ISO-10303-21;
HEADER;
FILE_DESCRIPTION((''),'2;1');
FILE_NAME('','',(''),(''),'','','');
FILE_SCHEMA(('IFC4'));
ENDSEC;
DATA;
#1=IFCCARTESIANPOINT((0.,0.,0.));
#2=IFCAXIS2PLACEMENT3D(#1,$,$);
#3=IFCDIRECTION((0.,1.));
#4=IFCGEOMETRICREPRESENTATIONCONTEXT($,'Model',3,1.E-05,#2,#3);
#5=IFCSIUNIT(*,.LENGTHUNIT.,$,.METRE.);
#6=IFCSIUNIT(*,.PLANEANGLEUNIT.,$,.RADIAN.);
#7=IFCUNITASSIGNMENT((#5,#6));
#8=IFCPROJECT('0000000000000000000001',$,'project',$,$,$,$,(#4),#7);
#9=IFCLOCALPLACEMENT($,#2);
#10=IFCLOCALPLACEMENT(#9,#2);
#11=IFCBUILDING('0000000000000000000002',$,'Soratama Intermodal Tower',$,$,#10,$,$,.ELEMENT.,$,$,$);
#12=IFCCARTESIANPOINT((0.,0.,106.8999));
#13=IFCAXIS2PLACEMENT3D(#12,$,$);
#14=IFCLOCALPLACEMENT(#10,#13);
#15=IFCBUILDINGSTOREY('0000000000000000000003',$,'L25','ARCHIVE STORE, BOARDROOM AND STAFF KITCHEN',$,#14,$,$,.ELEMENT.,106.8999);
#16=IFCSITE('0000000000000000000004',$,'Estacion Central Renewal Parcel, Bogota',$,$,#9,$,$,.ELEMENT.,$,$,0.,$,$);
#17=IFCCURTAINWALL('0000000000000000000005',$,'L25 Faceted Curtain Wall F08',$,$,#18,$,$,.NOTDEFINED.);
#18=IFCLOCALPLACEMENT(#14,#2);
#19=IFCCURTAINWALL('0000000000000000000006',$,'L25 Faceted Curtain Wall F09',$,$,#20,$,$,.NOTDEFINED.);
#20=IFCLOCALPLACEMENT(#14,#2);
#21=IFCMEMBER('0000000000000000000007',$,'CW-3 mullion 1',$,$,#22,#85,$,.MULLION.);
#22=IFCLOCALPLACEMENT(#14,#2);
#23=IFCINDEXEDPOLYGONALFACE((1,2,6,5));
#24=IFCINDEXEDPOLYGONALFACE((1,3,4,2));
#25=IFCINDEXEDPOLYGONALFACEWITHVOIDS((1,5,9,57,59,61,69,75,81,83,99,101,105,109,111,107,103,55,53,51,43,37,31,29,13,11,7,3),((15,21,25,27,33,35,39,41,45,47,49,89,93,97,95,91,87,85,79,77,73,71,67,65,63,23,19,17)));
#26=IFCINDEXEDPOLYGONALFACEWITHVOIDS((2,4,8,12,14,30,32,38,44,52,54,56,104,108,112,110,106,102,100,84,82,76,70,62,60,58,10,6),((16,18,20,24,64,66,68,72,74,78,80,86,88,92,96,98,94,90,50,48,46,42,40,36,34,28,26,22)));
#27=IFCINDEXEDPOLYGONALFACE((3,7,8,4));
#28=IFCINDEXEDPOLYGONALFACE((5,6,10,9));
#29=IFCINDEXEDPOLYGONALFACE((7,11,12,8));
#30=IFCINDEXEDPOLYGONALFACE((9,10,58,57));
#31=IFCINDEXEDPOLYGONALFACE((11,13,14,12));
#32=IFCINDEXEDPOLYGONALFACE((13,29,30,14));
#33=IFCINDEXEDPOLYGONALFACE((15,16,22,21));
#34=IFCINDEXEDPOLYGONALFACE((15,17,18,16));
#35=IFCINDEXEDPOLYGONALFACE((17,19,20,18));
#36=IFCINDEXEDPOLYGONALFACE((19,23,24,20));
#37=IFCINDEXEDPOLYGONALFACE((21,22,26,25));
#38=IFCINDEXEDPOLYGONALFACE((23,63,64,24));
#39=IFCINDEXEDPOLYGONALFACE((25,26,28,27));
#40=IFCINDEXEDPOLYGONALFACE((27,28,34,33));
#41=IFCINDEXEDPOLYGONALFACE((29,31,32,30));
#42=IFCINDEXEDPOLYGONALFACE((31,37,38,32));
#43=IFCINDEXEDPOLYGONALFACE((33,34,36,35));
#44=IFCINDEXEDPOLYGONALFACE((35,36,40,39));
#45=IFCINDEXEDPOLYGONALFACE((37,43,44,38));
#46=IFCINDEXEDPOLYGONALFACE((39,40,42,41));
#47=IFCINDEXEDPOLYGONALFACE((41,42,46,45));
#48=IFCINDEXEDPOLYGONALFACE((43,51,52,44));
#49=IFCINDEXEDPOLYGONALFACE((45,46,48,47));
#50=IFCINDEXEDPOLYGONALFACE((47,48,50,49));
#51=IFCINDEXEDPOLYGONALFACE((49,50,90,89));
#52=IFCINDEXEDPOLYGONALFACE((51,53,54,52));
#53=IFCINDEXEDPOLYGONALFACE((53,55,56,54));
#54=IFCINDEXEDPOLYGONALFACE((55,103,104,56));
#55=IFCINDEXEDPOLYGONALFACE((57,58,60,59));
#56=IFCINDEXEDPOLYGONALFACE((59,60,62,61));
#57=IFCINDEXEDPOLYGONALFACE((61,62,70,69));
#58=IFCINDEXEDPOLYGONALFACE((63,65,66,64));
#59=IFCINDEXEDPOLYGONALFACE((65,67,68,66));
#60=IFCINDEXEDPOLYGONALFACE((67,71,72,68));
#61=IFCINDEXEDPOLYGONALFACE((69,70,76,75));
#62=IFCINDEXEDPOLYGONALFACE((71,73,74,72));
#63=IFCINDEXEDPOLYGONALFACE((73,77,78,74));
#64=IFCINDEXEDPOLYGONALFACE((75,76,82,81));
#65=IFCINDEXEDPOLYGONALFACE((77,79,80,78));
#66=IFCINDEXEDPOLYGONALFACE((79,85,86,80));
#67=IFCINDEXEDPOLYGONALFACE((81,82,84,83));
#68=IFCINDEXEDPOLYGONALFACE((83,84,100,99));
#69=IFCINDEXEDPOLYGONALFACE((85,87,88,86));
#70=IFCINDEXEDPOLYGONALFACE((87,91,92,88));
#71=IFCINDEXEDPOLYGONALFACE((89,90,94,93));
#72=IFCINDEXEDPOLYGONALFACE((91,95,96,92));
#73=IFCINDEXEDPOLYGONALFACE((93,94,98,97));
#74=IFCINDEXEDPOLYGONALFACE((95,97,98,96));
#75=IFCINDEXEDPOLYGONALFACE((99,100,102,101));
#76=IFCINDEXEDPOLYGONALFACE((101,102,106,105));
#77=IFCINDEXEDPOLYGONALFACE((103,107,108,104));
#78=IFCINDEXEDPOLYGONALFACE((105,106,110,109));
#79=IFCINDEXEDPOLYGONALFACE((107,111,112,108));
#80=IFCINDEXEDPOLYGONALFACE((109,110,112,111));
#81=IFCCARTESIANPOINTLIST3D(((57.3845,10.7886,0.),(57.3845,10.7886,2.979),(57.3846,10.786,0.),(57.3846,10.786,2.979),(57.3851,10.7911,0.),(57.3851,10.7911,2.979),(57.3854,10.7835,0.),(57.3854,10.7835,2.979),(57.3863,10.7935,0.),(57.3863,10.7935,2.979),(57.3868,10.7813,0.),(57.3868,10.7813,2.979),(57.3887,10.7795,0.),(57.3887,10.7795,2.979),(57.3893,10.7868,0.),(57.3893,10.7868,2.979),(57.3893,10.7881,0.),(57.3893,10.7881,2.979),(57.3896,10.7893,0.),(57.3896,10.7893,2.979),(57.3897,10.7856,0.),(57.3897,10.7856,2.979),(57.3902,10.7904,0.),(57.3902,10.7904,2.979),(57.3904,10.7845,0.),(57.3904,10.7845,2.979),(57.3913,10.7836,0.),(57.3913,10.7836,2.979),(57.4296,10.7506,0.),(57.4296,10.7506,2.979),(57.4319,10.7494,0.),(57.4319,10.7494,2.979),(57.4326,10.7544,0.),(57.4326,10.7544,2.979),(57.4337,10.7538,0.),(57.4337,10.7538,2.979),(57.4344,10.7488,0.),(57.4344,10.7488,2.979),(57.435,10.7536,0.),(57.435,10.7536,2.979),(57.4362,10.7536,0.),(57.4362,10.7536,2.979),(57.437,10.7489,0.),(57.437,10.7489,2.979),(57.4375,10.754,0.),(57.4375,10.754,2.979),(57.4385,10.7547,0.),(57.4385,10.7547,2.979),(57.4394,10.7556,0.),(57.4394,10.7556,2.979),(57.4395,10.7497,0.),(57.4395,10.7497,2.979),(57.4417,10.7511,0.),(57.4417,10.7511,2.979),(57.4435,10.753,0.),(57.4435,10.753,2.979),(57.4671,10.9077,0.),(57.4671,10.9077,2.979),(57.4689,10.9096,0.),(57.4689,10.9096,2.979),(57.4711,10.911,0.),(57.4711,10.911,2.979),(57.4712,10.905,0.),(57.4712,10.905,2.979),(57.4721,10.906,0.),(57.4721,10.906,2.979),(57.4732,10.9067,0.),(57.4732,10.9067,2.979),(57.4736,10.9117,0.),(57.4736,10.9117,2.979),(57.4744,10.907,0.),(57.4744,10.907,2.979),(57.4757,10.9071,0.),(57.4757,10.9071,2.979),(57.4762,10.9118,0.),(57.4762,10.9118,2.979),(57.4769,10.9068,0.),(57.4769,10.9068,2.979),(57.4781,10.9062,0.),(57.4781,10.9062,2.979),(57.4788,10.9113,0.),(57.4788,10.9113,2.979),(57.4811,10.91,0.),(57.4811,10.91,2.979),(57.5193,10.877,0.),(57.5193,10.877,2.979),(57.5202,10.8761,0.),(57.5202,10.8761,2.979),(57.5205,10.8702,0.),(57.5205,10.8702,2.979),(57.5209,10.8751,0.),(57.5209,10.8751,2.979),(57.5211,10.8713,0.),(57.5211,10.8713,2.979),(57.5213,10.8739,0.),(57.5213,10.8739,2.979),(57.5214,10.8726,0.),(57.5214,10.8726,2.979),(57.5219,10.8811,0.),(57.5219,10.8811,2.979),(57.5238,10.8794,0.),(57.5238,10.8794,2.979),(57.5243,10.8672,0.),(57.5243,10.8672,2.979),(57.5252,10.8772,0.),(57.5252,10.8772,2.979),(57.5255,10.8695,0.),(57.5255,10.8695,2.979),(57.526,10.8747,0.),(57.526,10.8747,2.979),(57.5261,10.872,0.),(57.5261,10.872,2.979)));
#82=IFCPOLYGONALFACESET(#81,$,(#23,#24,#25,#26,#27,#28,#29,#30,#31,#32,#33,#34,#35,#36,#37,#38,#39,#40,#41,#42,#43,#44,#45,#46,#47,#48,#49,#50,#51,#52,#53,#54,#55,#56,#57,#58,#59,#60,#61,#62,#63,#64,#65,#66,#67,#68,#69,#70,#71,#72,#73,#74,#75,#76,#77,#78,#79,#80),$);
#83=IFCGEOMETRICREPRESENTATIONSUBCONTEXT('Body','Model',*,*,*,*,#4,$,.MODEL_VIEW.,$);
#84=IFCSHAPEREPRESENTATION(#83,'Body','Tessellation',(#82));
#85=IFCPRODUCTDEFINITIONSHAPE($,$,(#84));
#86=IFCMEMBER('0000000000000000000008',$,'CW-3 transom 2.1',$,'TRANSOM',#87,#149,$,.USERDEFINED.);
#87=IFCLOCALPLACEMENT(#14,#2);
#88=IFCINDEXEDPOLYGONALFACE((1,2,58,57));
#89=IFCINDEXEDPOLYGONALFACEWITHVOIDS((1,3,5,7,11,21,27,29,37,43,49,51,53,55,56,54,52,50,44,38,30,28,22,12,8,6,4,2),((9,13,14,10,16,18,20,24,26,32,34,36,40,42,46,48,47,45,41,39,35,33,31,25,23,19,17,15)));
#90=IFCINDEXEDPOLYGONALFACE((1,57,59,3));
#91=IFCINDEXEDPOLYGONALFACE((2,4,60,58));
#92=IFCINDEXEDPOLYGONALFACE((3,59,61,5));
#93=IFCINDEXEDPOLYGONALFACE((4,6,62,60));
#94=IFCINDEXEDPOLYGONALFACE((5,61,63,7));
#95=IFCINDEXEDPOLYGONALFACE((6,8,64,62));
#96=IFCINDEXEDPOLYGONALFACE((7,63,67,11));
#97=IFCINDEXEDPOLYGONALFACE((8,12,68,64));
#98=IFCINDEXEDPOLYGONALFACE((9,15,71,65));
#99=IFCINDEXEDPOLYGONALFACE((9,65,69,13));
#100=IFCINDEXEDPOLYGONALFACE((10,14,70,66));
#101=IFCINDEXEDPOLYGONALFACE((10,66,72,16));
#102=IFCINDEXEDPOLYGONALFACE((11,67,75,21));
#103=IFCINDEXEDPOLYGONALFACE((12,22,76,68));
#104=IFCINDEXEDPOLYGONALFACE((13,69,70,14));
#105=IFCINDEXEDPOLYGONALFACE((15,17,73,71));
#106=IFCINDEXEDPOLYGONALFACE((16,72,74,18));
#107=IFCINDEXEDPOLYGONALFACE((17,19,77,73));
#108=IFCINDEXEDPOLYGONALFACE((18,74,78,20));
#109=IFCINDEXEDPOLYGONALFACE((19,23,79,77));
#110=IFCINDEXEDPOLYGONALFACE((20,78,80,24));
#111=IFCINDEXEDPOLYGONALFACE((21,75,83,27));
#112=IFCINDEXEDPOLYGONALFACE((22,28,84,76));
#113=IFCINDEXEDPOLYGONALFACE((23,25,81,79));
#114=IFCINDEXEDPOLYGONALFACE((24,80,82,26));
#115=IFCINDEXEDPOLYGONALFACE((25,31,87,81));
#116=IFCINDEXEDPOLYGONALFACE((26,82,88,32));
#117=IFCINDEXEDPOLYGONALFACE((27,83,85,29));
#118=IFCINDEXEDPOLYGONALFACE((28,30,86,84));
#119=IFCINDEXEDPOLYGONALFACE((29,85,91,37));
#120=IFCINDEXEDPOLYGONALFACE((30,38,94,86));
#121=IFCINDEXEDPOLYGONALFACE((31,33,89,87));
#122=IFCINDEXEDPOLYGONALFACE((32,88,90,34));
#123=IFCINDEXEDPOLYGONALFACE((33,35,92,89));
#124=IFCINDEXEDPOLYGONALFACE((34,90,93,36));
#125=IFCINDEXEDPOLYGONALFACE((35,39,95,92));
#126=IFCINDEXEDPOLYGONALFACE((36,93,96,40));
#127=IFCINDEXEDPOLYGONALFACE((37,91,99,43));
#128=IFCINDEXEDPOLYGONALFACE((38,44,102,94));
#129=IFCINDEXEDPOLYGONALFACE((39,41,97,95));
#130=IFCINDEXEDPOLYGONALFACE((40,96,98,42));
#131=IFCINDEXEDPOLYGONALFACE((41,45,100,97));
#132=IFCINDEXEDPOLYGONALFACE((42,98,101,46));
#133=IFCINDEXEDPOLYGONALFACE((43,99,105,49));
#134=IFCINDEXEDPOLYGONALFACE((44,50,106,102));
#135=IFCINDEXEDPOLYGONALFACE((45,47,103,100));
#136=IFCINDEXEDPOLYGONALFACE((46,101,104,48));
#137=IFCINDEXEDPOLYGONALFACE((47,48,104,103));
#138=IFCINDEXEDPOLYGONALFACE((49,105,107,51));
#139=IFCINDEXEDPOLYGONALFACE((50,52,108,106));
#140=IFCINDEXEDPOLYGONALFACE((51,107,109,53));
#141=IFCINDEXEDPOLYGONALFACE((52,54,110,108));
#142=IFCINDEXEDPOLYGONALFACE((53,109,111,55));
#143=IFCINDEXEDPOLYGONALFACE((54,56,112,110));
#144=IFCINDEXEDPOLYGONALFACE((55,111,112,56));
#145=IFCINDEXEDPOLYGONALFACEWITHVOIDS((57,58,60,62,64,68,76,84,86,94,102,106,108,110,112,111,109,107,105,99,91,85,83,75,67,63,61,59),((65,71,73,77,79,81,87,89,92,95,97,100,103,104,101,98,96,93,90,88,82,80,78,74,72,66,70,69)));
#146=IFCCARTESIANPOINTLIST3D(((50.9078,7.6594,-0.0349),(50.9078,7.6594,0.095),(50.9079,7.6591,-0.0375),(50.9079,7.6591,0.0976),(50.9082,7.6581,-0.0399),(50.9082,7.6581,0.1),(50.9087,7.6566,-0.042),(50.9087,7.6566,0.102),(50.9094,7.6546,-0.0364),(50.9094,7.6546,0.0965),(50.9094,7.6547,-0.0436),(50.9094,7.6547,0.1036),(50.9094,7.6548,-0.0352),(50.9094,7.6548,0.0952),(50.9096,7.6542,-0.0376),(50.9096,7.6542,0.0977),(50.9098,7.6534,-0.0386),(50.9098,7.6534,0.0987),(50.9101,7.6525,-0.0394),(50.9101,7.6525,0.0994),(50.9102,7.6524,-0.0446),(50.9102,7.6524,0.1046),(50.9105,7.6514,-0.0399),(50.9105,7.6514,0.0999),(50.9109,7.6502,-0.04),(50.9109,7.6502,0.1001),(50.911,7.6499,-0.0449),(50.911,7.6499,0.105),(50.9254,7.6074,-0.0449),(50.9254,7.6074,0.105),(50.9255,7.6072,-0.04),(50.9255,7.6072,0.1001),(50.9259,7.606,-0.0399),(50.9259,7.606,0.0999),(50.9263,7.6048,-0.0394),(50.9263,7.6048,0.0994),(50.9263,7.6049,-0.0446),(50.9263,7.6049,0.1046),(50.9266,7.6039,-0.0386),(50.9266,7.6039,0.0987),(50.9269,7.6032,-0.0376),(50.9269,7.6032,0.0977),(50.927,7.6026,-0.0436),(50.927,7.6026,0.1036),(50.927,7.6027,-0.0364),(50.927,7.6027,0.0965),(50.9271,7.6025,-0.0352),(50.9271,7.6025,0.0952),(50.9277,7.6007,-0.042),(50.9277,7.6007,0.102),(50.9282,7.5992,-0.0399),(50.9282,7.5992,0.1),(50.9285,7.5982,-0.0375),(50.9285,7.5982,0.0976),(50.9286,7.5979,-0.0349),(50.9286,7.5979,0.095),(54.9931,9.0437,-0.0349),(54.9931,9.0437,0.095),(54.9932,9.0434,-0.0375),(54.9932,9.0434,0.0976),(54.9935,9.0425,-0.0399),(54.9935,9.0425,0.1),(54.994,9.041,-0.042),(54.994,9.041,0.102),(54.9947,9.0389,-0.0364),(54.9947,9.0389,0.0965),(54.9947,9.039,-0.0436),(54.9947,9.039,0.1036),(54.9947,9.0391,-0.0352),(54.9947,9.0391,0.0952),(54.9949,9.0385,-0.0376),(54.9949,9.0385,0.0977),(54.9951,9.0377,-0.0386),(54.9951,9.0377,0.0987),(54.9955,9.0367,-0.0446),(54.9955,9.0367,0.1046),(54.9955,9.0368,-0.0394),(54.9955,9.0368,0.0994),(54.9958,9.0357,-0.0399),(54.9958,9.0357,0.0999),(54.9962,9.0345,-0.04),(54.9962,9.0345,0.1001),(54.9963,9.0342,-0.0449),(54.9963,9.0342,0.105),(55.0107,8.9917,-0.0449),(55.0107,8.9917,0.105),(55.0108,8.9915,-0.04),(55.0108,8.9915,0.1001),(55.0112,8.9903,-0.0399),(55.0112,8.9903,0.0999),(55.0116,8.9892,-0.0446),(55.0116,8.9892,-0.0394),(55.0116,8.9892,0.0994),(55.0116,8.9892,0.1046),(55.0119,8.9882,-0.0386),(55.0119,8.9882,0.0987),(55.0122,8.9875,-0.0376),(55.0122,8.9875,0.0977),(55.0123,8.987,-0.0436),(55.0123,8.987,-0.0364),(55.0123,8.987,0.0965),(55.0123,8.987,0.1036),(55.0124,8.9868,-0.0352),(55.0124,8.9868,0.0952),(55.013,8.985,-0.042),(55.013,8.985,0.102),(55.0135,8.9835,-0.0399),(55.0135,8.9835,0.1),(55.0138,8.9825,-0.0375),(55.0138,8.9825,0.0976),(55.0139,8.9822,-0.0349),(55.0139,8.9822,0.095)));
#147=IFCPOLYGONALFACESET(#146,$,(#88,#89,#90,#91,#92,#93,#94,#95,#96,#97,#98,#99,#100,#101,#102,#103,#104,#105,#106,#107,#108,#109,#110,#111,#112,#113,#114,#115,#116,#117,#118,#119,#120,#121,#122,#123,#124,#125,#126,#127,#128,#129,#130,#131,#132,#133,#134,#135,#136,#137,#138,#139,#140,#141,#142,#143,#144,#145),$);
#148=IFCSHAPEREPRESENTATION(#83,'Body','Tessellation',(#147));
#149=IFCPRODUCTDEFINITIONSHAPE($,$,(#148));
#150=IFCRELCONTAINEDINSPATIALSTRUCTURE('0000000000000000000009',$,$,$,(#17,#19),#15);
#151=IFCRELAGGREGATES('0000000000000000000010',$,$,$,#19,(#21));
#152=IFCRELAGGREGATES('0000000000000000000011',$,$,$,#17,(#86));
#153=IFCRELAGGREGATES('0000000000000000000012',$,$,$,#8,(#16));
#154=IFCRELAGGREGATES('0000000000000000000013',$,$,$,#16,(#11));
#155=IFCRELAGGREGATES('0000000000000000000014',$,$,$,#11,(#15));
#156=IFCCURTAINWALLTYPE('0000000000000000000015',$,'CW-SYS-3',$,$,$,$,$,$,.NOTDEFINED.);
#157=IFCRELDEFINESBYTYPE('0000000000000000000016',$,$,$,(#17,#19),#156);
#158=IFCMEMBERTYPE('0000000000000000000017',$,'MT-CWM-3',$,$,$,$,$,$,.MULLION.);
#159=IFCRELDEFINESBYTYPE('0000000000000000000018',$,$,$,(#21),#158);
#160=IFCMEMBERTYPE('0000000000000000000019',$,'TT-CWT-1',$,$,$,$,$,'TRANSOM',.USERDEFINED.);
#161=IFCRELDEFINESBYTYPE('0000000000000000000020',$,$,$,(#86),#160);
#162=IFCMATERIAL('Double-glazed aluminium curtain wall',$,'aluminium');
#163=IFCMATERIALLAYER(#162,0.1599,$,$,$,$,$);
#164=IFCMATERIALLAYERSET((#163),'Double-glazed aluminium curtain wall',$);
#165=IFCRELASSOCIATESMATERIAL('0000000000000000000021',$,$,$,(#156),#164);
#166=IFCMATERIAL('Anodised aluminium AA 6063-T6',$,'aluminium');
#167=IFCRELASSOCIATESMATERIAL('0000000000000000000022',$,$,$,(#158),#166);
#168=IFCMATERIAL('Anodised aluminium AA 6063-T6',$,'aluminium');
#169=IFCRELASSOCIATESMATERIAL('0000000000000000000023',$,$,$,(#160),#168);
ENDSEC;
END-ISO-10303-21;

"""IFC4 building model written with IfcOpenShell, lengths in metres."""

from ifc_helpers import new_model, si_unit, direction, frame, origin, origin_2d, place, context, subcontext, project, spatial, hollow_rectangle, extrude, material, layer, layer_set, material_profile, profile_set, type_object, element, aggregate, save


model = new_model("IFC4")

# Units and contexts
model_context = context("Model", 3, precision=1e-05, world=origin(), true_north=direction((0.0, 1.0)))
body_context = subcontext(model_context, "Body", "Model", "MODEL_VIEW")
ifc_project = project(units=[si_unit("LENGTHUNIT", "METRE"), si_unit("PLANEANGLEUNIT", "RADIAN")], contexts=[model_context])

# Site, building, storey
site_placement = place(None, origin())
site = spatial("IfcSite", under=ifc_project, at=site_placement, Name="Estacion Central Renewal Parcel, Bogota", CompositionType="ELEMENT", RefElevation=0.0)
building_placement = place(site_placement, origin())
building = spatial("IfcBuilding", under=site, at=building_placement, Name="Soratama Intermodal Tower", CompositionType="ELEMENT")
storey_placement = place(building_placement, frame((0.0, 0.0, 106.8999)))
storey = spatial("IfcBuildingStorey", under=building, at=storey_placement, Name="L25", Description="ARCHIVE STORE, BOARDROOM AND STAFF KITCHEN", CompositionType="ELEMENT", Elevation=106.8999)

# Curtain wall
ifc_material_1 = material(Name="Double-glazed aluminium curtain wall", Category="aluminium")
ifc_layer_1 = layer(ifc_material_1, 0.1599)
ifc_layer_set_1 = layer_set([ifc_layer_1], Name="Double-glazed aluminium curtain wall")
curtain_wall_type = type_object("IfcCurtainWallType", Name="CW-SYS-3", PredefinedType="NOTDEFINED", material=ifc_layer_set_1)
curtain_wall_1_placement = place(storey_placement, origin())
curtain_wall_1 = element("IfcCurtainWall", 1, at=curtain_wall_1_placement, inside=storey, type_object=curtain_wall_type, Name="L25 Faceted Curtain Wall F08", PredefinedType="NOTDEFINED")
ifc_material_2 = material(Name="Anodised aluminium AA 6063-T6", Category="aluminium")
ifc_material_profile_1 = material_profile(ifc_material_2, hollow_rectangle(XDim=0.0701, YDim=0.1599, WallThickness=0.0049, InnerFilletRadius=0.0049, OuterFilletRadius=0.01, at=origin_2d()), Name="CWM160X70X5")
ifc_profile_set_1 = profile_set([ifc_material_profile_1], Name="Anodised aluminium AA 6063-T6")
member_type_1 = type_object("IfcMemberType", Name="MT-CWM-3", PredefinedType="MULLION", material=ifc_profile_set_1)

# Curtain wall, member
curtain_wall_2_placement = place(storey_placement, origin())
curtain_wall_2 = element("IfcCurtainWall", 2, at=curtain_wall_2_placement, inside=storey, type_object=curtain_wall_type, Name="L25 Faceted Curtain Wall F09", PredefinedType="NOTDEFINED")
member_1_placement = place(storey_placement, frame((57.4553, 10.8303, 0.0), z_axis=(0.0, 0.0, 1.0), x_axis=(-0.816334, 0.57758, 0.0)))
member_1 = element("IfcMember", 3, at=member_1_placement, type_object=member_type_1, Name="CW-3 mullion 1", PredefinedType="MULLION", context=body_context, shape_type="SweptSolid", body=[
    extrude(hollow_rectangle(XDim=0.0701, YDim=0.1599, WallThickness=0.0049, InnerFilletRadius=0.0049, OuterFilletRadius=0.01, at=origin_2d()), origin(), (0.0, 0.0, 1.0), 2.979),
])

# Member
ifc_material_3 = material(Name="Anodised aluminium AA 6063-T6", Category="aluminium")
ifc_material_profile_2 = material_profile(ifc_material_3, hollow_rectangle(XDim=0.0649, YDim=0.1499, WallThickness=0.0049, InnerFilletRadius=0.0049, OuterFilletRadius=0.01, at=origin_2d()), Name="CWT150X65X5")
ifc_profile_set_2 = profile_set([ifc_material_profile_2], Name="Anodised aluminium AA 6063-T6")
member_type_2 = type_object("IfcMemberType", Name="TT-CWT-1", ElementType="TRANSOM", PredefinedType="USERDEFINED", material=ifc_profile_set_2)
member_2_placement = place(storey_placement, frame((50.9182, 7.6287, 0.03), z_axis=(0.947104, 0.320927, 0.0), x_axis=(-0.320927, 0.947104, 0.0)))
member_2 = element("IfcMember", 4, at=member_2_placement, type_object=member_type_2, Name="CW-3 transom 2.1", ObjectType="TRANSOM", PredefinedType="USERDEFINED", context=body_context, shape_type="SweptSolid", body=[
    extrude(hollow_rectangle(XDim=0.0649, YDim=0.1499, WallThickness=0.0049, InnerFilletRadius=0.0049, OuterFilletRadius=0.01, at=origin_2d()), origin(), (0.0, 0.0, 1.0), 4.3135),
])
aggregate(curtain_wall_2, [member_1])

aggregate(curtain_wall_1, [member_2])

save(model, "model.ifc")
